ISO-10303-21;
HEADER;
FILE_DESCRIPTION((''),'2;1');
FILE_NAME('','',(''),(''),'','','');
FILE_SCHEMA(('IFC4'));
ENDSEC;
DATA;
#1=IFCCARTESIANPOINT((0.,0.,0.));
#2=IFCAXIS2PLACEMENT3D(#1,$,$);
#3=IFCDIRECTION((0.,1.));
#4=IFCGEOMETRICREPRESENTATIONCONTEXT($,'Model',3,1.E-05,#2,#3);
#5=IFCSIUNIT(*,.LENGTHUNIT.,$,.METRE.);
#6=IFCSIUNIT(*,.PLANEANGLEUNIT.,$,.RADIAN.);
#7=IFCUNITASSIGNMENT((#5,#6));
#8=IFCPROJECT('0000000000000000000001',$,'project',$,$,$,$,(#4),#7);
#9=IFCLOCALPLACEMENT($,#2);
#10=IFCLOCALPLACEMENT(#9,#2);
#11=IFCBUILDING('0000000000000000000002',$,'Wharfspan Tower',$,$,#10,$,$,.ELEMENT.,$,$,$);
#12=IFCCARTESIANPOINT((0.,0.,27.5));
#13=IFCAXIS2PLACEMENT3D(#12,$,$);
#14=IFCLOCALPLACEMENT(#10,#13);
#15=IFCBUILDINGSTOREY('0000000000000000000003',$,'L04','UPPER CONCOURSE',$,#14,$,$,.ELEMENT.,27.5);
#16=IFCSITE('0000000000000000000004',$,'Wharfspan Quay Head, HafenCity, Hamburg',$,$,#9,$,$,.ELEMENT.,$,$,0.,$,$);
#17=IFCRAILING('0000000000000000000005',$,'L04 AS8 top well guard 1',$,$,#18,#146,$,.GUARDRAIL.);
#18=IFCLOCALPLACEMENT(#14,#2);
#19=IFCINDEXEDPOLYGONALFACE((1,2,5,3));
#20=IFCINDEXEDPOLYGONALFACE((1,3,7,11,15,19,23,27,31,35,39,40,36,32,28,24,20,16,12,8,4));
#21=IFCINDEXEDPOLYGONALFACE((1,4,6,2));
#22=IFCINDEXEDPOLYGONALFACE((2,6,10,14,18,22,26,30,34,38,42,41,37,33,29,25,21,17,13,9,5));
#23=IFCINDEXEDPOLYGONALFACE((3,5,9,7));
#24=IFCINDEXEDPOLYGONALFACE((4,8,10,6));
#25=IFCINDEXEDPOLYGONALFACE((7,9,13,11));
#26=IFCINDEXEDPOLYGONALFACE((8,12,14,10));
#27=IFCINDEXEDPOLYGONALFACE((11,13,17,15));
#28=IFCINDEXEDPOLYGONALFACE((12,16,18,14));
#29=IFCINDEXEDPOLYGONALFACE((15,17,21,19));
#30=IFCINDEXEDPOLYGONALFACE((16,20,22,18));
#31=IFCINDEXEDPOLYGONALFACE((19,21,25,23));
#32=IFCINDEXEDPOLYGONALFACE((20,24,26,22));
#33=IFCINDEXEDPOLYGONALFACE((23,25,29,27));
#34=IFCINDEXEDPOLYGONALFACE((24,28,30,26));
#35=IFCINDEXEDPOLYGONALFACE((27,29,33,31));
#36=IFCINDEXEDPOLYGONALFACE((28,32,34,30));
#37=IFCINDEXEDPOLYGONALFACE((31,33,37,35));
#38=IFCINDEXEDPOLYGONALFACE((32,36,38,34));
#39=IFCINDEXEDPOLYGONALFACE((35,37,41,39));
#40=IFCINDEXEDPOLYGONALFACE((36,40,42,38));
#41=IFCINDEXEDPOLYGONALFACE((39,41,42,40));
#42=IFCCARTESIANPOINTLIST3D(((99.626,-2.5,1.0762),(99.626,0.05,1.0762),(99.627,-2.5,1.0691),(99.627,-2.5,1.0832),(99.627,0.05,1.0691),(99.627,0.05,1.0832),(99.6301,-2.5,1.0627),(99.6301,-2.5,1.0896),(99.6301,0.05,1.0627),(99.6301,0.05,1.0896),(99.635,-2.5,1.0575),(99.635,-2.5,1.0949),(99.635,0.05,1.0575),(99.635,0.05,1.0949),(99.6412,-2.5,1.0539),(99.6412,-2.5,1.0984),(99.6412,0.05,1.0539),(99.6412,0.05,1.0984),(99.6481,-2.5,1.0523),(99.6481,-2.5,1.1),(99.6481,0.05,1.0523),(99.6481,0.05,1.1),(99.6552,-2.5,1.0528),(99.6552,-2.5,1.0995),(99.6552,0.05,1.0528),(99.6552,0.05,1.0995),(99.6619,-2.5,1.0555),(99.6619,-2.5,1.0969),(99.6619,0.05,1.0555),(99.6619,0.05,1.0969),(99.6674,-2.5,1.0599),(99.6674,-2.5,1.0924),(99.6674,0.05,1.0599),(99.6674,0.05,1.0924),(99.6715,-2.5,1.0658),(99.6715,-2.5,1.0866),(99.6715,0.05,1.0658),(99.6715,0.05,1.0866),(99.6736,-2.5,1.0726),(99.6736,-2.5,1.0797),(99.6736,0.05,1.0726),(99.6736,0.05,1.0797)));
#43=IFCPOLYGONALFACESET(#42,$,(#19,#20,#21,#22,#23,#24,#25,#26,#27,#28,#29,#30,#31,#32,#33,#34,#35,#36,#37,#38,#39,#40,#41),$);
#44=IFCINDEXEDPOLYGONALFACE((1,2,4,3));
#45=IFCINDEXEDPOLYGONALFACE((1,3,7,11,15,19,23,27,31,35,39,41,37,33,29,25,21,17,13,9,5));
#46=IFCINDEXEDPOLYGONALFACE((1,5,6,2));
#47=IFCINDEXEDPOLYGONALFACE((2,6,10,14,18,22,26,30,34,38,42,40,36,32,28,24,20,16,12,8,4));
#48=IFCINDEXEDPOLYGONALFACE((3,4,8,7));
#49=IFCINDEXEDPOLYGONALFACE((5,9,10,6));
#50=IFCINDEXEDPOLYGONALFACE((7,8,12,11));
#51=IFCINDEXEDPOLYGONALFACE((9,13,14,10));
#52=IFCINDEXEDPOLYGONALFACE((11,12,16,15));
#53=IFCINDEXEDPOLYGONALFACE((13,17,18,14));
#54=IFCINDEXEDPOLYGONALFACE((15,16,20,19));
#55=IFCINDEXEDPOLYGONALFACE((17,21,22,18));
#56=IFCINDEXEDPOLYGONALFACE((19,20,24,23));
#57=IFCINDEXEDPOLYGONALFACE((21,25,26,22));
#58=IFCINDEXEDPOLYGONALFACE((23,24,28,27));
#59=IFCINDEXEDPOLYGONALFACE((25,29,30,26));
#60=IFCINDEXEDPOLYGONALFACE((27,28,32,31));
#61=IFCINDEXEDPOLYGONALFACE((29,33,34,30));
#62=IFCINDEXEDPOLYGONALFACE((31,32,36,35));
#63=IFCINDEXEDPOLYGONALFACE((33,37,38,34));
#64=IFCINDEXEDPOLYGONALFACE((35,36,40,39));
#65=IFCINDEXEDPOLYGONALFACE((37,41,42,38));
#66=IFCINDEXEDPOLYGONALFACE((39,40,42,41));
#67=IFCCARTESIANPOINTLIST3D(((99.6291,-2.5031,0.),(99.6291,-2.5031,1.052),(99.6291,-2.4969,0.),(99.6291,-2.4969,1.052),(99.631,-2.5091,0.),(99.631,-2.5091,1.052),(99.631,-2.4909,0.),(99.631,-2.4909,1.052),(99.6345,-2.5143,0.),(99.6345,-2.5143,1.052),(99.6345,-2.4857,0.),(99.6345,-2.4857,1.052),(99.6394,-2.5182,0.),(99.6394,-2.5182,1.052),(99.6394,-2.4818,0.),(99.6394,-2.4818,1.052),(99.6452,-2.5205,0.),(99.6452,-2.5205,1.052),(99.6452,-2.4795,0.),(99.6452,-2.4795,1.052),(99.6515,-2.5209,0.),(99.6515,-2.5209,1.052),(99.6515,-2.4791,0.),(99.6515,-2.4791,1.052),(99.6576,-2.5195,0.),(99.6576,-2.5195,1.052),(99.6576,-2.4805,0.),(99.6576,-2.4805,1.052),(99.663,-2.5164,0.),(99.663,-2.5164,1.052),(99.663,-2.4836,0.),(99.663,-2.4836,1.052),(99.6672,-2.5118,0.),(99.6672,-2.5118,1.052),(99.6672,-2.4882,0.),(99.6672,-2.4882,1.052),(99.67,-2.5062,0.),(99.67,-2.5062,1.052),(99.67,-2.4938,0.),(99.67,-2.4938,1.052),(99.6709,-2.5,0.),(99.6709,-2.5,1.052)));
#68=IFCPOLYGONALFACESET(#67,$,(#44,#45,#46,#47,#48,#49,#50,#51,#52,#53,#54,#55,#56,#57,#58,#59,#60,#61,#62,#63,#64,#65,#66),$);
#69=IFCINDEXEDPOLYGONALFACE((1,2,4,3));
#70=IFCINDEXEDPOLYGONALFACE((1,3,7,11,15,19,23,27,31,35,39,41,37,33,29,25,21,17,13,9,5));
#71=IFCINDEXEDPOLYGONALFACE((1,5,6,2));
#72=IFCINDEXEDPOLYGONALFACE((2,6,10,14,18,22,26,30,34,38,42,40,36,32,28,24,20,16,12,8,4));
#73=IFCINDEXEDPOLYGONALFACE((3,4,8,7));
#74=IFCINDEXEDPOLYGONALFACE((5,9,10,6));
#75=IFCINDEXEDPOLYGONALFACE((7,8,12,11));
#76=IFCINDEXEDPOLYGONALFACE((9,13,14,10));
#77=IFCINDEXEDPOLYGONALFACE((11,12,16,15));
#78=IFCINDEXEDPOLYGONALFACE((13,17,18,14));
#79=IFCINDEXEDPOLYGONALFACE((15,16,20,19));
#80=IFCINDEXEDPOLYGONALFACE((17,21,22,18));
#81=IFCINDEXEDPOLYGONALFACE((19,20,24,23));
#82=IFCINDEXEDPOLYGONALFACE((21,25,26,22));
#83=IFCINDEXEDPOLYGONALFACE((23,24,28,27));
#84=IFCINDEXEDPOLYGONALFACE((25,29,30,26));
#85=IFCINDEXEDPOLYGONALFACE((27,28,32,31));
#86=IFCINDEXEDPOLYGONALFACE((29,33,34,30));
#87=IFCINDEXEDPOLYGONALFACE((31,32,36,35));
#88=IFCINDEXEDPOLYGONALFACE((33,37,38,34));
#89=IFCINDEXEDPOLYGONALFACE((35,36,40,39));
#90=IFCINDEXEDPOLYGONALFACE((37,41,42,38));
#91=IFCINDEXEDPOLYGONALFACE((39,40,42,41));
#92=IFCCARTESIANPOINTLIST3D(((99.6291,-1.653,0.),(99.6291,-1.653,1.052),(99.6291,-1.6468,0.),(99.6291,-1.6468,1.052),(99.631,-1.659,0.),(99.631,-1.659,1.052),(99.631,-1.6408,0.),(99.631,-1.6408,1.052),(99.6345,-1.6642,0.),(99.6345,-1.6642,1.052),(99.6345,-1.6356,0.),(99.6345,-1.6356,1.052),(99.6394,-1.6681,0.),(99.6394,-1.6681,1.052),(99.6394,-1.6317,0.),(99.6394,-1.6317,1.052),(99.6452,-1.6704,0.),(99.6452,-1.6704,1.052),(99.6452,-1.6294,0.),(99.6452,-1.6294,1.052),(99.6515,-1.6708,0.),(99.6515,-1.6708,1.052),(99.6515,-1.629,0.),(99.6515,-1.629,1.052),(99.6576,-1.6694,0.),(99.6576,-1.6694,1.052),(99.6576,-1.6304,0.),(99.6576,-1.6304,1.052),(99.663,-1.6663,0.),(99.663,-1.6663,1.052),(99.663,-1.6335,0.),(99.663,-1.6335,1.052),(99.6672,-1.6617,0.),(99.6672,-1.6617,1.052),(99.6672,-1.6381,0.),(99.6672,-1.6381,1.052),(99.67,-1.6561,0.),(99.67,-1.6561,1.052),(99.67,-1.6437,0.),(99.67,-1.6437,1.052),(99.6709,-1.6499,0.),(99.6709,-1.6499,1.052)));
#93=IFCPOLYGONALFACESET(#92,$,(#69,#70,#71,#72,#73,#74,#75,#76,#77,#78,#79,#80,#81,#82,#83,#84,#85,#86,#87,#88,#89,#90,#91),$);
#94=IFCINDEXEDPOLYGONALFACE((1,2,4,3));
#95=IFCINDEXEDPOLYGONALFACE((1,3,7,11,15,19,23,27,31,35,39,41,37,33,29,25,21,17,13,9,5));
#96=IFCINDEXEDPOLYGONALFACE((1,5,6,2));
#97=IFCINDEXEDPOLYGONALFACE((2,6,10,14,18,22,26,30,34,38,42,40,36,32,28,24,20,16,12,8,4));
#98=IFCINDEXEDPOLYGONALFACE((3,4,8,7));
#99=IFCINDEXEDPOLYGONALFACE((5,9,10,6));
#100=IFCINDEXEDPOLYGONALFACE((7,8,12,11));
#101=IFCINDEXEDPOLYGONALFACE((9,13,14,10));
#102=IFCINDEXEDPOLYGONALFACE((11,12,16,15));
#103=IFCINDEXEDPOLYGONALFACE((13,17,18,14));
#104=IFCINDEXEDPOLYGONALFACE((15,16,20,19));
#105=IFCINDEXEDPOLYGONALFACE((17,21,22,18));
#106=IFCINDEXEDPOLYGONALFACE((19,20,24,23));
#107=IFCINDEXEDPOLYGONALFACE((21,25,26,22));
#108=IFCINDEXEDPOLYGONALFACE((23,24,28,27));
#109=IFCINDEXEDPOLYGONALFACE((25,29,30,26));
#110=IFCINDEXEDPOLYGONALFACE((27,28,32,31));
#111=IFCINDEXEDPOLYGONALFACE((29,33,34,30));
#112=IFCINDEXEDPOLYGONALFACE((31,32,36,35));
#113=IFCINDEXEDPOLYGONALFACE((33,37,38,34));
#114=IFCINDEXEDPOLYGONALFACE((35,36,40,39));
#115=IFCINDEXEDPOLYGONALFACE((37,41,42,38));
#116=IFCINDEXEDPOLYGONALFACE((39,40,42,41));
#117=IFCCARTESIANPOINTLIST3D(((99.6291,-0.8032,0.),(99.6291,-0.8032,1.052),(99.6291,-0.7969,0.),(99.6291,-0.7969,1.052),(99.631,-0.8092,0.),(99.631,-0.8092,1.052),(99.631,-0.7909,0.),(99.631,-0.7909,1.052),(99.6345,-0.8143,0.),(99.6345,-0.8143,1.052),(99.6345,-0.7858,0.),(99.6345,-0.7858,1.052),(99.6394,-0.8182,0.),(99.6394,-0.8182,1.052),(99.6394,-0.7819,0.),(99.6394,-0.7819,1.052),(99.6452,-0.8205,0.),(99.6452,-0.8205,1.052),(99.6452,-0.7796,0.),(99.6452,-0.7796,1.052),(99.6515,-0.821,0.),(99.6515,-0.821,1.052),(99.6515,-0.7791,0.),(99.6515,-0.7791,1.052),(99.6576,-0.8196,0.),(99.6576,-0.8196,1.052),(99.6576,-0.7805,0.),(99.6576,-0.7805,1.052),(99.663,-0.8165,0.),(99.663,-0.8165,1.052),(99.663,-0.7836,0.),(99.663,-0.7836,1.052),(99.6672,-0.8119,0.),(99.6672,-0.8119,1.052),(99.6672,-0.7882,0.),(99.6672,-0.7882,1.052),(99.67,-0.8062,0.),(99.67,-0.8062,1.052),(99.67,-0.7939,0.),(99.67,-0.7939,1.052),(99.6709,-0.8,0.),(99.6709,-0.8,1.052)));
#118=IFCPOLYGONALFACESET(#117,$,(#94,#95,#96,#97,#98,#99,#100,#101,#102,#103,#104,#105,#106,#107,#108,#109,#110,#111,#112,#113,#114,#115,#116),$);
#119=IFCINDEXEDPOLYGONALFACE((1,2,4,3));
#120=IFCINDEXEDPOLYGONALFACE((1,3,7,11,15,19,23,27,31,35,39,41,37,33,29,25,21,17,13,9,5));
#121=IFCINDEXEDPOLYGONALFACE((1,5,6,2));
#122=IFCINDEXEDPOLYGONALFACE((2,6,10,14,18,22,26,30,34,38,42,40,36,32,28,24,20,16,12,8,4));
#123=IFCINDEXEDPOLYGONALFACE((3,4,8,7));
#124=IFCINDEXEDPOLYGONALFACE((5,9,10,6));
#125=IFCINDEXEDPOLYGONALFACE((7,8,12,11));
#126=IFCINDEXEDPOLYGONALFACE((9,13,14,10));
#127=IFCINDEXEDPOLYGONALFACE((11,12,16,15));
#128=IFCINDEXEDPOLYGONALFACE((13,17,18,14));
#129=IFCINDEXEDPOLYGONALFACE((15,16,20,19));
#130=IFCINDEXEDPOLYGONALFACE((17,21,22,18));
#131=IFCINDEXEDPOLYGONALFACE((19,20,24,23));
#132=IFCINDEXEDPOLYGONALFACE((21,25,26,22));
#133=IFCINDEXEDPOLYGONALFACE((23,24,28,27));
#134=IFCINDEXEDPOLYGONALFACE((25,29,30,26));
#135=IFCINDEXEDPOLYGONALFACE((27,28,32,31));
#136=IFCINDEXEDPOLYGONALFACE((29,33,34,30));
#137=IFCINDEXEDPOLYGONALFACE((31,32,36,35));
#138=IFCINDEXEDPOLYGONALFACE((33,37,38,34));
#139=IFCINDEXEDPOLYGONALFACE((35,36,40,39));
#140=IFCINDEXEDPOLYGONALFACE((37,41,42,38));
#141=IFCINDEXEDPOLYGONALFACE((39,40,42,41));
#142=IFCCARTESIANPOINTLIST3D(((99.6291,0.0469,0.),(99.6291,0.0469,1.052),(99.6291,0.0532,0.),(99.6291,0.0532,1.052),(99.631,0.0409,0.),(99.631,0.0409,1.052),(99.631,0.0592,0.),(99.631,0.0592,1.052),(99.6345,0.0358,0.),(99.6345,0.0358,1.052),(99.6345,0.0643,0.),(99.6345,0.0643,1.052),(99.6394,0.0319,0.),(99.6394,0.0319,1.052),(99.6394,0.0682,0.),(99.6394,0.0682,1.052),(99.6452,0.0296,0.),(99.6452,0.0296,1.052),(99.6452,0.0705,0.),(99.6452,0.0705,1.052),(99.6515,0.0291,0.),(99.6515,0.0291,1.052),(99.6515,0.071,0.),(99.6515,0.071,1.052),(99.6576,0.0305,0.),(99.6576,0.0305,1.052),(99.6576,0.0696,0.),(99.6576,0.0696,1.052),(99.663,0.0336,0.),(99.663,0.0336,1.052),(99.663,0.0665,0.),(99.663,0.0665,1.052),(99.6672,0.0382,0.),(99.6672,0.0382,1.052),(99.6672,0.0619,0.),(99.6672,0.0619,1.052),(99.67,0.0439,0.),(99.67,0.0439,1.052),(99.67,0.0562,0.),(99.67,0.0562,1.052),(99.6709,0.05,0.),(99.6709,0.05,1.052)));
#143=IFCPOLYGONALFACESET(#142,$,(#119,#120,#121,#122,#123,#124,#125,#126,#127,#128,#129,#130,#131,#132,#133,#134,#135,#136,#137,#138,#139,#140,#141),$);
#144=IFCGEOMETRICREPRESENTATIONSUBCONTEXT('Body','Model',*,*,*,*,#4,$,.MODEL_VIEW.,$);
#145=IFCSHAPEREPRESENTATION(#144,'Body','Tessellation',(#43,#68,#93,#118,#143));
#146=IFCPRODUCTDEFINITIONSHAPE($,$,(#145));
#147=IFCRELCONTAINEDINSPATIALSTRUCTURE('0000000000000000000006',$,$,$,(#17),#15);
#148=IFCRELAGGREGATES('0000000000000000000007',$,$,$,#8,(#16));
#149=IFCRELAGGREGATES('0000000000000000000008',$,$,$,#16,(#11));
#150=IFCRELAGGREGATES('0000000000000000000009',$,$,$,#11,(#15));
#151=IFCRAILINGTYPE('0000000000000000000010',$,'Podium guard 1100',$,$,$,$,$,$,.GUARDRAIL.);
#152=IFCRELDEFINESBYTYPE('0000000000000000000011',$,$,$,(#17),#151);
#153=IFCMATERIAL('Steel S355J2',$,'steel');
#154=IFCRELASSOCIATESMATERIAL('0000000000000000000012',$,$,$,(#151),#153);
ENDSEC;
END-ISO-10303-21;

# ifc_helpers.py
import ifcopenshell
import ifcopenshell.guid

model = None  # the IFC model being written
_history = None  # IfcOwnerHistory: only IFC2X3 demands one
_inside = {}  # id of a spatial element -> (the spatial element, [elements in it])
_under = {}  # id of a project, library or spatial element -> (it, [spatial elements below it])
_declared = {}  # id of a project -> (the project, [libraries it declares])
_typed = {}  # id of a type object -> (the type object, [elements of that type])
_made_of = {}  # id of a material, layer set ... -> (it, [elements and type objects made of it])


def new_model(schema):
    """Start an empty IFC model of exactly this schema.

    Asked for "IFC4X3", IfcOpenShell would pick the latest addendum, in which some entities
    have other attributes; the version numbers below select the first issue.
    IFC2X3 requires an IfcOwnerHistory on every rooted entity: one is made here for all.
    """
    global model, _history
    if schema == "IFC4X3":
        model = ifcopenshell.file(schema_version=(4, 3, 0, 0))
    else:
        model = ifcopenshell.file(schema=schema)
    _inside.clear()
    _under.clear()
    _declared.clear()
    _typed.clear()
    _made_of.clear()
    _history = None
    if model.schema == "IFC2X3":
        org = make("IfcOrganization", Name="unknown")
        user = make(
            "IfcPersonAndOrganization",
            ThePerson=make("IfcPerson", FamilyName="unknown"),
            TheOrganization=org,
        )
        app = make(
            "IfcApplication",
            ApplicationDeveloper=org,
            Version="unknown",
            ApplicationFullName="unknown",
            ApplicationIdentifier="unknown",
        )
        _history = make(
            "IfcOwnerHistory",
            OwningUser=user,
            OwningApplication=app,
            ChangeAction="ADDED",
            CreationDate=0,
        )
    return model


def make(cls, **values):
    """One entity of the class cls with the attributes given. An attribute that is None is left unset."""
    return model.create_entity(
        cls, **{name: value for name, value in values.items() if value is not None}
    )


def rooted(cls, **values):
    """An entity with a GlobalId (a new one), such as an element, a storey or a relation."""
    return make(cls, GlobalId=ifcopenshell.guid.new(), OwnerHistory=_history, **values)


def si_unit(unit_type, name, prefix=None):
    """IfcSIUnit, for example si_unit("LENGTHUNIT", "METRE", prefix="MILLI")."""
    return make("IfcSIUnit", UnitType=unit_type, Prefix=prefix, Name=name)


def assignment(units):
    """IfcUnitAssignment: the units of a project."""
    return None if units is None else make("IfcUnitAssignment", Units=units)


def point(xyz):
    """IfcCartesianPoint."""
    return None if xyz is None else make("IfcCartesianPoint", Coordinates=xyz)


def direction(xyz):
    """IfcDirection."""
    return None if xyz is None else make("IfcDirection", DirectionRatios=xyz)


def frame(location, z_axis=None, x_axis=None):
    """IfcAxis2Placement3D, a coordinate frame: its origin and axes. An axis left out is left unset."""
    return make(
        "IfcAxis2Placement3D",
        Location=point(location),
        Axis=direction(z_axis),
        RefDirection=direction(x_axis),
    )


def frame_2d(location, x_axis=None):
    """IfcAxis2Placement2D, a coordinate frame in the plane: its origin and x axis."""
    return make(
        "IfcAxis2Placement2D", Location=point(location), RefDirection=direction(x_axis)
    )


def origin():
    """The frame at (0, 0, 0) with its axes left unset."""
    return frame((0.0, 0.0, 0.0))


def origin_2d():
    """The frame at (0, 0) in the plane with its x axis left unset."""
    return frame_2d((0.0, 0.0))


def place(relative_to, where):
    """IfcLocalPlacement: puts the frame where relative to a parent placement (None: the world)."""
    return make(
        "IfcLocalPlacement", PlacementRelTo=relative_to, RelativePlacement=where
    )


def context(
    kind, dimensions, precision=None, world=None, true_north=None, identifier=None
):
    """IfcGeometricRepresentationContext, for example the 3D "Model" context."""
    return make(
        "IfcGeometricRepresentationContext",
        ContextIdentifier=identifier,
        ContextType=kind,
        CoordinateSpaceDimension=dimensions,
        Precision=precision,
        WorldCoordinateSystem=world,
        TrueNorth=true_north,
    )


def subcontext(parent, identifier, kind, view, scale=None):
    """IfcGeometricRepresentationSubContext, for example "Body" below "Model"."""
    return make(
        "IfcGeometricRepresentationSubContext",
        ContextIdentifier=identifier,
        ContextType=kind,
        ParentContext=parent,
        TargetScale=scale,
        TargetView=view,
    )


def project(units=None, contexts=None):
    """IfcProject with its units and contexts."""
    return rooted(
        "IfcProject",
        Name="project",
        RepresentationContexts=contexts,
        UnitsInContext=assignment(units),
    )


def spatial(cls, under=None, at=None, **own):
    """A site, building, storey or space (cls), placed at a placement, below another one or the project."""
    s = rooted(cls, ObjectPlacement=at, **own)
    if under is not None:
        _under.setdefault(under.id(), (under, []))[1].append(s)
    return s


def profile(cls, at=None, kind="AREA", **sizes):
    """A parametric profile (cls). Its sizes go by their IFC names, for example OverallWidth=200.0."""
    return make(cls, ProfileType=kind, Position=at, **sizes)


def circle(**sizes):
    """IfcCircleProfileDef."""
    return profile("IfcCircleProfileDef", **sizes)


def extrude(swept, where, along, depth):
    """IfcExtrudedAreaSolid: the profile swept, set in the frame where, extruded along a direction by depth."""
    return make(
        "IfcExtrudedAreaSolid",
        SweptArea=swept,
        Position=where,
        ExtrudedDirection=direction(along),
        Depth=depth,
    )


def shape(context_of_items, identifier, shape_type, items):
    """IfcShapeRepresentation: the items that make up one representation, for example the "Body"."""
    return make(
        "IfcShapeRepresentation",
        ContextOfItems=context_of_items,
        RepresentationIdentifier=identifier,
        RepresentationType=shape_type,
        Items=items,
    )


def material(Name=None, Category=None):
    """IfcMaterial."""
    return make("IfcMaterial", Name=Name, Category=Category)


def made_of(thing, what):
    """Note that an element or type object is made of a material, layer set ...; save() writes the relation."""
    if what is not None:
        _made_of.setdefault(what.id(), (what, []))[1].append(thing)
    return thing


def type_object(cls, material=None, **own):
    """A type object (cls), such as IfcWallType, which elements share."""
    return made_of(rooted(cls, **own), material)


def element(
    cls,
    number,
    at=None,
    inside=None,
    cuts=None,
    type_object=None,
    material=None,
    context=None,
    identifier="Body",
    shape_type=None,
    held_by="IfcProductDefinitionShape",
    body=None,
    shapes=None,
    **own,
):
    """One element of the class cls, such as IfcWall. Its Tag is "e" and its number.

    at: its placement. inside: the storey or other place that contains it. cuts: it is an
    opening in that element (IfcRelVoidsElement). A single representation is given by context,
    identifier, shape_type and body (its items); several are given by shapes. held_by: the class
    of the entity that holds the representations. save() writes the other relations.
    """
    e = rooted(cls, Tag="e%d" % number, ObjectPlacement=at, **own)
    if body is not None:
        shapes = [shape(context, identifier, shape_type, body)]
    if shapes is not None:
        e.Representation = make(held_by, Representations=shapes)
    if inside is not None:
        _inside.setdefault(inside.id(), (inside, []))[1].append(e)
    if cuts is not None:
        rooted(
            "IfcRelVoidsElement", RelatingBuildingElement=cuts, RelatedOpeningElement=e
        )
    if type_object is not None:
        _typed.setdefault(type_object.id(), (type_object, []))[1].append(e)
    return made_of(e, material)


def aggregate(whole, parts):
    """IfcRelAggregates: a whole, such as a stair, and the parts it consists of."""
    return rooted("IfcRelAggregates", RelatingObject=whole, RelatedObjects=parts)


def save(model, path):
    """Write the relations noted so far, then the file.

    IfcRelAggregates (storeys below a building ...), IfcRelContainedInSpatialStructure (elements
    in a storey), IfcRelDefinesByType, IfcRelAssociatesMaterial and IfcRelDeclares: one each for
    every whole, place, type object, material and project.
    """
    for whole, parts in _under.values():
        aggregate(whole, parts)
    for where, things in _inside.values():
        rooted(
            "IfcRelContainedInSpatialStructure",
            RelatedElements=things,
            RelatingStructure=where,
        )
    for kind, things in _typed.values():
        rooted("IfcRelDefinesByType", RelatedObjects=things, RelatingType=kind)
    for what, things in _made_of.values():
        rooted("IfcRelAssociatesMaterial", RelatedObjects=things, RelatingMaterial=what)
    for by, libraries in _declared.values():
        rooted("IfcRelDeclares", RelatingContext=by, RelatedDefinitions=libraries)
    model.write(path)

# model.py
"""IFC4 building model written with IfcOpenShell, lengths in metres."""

from ifc_helpers import new_model, si_unit, direction, frame, origin, origin_2d, place, context, subcontext, project, spatial, circle, extrude, material, type_object, element, save


model = new_model("IFC4")

# Units and contexts
model_context = context("Model", 3, precision=1e-05, world=origin(), true_north=direction((0.0, 1.0)))
body_context = subcontext(model_context, "Body", "Model", "MODEL_VIEW")
ifc_project = project(units=[si_unit("LENGTHUNIT", "METRE"), si_unit("PLANEANGLEUNIT", "RADIAN")], contexts=[model_context])

# Site, building, storey
site_placement = place(None, origin())
site = spatial("IfcSite", under=ifc_project, at=site_placement, Name="Wharfspan Quay Head, HafenCity, Hamburg", CompositionType="ELEMENT", RefElevation=0.0)
building_placement = place(site_placement, origin())
building = spatial("IfcBuilding", under=site, at=building_placement, Name="Wharfspan Tower", CompositionType="ELEMENT")
storey_placement = place(building_placement, frame((0.0, 0.0, 27.5)))
storey = spatial("IfcBuildingStorey", under=building, at=storey_placement, Name="L04", Description="UPPER CONCOURSE", CompositionType="ELEMENT", Elevation=27.5)

# Railing
ifc_material_1 = material(Name="Steel S355J2", Category="steel")
railing_type = type_object("IfcRailingType", Name="Podium guard 1100", PredefinedType="GUARDRAIL", material=ifc_material_1)
for number, where, name in (
    (1, (99.6499, -2.5, 0.0), "L04 AS8 top well guard 1"),
):
    element("IfcRailing", number, at=place(storey_placement, frame(where)), inside=storey, type_object=railing_type, Name=name, PredefinedType="GUARDRAIL", context=body_context, shape_type="SweptSolid", body=[
        extrude(circle(Radius=0.0239, at=origin_2d()), frame((0.0, 0.0, 1.0762), z_axis=(0.0, 1.0, 0.0), x_axis=(-1.0, 0.0, 0.0)), (0.0, 0.0, 1.0), 2.55),
        extrude(circle(Radius=0.021, at=origin_2d()), origin(), (0.0, 0.0, 1.0), 1.052),
        extrude(circle(Radius=0.021, at=origin_2d()), frame((0.0, 0.8501, 0.0)), (0.0, 0.0, 1.0), 1.052),
        extrude(circle(Radius=0.021, at=origin_2d()), frame((0.0, 1.7, 0.0)), (0.0, 0.0, 1.0), 1.052),
        extrude(circle(Radius=0.021, at=origin_2d()), frame((0.0, 2.55, 0.0)), (0.0, 0.0, 1.0), 1.052),
    ])

save(model, "model.ifc")
